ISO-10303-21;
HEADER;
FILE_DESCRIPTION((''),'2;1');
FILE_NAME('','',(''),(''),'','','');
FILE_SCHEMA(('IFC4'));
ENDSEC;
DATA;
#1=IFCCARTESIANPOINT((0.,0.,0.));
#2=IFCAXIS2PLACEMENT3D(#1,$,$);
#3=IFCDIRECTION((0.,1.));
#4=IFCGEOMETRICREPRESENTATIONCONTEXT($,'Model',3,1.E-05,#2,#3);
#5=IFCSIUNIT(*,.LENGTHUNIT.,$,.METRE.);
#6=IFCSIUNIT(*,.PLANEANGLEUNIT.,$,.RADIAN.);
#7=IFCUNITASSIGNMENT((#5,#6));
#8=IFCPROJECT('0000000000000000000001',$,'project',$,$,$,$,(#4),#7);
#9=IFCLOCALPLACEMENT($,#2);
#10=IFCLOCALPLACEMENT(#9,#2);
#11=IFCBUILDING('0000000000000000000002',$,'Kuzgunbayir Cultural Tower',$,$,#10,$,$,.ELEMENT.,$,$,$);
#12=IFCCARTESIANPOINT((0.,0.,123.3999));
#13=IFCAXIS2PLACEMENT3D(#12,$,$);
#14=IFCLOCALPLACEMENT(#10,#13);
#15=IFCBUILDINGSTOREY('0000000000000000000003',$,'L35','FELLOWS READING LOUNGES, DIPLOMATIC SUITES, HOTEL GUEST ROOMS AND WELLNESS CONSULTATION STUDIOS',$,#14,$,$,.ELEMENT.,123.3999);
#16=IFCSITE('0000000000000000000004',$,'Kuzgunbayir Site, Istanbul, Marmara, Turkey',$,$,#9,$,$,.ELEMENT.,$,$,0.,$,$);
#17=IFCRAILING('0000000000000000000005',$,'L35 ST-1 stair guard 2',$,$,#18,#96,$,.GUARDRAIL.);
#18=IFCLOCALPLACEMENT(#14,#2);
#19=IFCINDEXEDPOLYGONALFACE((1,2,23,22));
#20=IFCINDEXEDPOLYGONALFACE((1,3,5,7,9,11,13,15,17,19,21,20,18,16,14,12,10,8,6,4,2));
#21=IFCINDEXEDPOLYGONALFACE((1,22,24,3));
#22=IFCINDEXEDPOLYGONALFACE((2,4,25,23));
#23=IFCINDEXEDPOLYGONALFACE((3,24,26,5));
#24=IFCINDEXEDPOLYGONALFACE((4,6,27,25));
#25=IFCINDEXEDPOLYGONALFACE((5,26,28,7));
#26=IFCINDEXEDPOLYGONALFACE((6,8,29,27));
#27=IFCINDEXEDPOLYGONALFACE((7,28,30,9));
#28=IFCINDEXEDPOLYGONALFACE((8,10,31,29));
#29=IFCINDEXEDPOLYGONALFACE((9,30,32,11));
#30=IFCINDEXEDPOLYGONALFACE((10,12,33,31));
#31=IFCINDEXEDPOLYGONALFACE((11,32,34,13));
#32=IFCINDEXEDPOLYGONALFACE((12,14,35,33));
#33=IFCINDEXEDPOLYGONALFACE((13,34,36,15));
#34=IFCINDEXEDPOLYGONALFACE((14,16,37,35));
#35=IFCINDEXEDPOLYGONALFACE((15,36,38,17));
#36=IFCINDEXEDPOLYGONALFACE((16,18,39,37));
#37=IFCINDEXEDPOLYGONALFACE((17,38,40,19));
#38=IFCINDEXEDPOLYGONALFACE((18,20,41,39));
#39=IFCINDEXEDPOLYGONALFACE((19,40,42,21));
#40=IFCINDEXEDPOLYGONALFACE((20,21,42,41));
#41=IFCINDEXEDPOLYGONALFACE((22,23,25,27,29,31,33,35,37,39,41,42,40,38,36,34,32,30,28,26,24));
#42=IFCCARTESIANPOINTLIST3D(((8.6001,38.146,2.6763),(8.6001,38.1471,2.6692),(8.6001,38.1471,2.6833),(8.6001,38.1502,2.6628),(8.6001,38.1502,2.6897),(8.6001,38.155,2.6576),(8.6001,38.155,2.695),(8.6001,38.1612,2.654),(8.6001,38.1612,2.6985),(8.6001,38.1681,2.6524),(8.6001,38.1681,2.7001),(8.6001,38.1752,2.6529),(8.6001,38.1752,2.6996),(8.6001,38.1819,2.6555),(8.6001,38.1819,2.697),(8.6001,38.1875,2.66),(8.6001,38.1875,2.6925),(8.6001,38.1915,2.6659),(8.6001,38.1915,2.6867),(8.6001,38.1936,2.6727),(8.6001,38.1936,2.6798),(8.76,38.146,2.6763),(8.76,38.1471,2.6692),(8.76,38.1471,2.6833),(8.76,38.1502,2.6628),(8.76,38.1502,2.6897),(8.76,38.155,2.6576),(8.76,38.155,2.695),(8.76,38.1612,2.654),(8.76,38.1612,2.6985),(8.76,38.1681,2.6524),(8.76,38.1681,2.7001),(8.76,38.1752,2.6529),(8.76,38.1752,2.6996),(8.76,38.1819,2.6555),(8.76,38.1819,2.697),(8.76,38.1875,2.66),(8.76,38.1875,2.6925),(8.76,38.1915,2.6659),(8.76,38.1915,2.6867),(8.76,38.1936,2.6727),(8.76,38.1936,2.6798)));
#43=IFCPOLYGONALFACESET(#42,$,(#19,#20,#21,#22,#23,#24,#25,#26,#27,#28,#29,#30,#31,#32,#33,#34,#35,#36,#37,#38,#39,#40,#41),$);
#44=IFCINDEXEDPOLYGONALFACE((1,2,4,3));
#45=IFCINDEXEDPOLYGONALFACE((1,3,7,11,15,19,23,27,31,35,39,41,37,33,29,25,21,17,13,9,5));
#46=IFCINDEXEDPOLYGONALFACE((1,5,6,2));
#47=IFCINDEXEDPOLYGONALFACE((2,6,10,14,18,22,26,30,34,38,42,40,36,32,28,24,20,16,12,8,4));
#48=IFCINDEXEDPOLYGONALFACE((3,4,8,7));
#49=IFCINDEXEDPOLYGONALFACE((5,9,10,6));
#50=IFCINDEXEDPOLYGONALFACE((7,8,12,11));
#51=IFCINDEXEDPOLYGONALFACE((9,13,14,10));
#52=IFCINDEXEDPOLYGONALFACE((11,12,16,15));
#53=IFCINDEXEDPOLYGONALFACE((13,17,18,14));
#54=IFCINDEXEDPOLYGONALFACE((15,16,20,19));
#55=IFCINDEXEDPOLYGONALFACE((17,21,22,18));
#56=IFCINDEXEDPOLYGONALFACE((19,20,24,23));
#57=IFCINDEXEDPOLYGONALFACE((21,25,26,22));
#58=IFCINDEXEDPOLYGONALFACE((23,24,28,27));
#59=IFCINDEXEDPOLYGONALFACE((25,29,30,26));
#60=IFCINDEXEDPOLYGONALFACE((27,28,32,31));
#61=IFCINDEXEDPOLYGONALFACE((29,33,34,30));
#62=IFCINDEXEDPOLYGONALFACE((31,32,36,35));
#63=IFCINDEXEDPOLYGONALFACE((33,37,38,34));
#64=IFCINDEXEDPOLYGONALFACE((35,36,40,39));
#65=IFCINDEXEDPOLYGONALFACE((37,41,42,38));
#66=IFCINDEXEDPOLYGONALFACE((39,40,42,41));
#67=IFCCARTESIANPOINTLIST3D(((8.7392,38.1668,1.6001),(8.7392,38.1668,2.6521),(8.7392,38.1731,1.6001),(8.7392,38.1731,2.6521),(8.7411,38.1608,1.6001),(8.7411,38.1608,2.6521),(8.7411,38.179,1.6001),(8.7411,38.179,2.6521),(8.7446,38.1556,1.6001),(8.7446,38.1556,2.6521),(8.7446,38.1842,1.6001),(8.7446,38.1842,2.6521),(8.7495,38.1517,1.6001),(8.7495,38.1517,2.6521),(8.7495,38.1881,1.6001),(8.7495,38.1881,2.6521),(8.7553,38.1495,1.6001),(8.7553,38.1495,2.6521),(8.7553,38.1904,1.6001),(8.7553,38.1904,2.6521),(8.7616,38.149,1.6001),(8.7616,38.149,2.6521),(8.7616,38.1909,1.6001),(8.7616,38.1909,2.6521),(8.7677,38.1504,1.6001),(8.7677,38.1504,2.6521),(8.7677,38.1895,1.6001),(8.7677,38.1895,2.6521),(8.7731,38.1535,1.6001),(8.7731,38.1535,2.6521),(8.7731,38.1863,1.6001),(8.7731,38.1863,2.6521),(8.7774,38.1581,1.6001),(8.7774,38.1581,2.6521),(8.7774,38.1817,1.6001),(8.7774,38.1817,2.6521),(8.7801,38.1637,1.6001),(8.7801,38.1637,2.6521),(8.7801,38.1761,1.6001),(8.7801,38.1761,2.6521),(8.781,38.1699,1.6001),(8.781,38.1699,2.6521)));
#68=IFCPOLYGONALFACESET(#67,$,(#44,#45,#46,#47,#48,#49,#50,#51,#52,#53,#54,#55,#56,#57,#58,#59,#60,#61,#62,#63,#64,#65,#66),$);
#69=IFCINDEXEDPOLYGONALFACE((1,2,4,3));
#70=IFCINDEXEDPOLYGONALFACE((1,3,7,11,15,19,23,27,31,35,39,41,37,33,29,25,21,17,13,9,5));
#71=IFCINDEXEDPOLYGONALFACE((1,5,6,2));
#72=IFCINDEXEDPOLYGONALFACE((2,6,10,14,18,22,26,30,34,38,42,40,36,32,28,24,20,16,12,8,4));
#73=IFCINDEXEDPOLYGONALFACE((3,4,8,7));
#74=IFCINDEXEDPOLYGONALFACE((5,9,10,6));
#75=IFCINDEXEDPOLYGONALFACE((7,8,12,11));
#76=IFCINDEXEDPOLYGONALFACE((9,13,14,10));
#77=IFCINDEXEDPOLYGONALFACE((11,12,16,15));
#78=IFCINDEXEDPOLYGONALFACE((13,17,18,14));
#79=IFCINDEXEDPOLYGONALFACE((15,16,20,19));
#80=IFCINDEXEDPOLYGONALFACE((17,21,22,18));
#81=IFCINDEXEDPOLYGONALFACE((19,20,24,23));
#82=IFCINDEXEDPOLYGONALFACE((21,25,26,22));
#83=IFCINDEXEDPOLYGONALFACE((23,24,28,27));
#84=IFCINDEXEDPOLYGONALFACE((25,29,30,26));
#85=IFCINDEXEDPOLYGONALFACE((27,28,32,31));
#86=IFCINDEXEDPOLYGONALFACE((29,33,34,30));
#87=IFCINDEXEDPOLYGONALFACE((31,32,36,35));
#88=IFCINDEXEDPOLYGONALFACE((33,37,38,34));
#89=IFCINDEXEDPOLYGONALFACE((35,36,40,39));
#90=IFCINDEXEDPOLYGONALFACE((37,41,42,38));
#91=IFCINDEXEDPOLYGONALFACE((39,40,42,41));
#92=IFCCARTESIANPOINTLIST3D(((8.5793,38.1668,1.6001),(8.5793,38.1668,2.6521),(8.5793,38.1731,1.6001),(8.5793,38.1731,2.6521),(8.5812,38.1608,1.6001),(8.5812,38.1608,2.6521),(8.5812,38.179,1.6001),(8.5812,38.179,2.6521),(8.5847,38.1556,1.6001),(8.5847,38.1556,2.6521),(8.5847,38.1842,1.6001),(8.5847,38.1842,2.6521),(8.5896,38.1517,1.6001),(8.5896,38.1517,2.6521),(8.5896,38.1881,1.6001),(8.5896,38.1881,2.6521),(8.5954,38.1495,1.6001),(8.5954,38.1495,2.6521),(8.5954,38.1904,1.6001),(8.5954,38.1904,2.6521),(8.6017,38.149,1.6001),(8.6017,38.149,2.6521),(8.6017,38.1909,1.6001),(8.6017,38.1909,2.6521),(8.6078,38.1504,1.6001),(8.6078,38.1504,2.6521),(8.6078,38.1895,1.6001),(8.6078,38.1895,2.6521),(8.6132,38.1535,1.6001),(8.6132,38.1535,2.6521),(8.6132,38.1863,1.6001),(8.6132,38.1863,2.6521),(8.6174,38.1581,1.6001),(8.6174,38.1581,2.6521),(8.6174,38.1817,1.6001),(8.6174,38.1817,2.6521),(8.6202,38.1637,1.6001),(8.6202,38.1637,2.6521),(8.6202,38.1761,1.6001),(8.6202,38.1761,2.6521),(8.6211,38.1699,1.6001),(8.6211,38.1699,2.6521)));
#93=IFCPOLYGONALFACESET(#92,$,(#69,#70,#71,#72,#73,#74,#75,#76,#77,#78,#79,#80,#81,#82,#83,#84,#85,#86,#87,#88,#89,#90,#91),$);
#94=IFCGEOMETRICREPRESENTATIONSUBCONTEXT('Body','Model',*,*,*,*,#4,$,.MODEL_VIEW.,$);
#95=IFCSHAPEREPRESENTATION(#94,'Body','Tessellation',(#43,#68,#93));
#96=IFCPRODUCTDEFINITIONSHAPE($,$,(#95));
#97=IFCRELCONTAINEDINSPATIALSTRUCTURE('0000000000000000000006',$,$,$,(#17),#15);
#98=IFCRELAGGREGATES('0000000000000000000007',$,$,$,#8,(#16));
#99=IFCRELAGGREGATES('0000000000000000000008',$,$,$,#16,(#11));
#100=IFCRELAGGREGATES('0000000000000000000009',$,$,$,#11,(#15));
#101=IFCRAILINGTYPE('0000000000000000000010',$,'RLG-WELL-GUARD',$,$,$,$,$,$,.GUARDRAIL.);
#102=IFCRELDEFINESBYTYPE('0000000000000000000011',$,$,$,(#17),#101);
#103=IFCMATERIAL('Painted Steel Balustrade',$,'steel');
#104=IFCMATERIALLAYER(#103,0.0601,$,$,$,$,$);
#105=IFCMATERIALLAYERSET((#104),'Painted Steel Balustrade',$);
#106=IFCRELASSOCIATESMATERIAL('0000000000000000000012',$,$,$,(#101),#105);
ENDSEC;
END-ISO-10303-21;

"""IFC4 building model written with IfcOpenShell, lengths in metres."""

from ifc_helpers import new_model, si_unit, direction, frame, origin, origin_2d, place, context, subcontext, project, spatial, circle, extrude, material, layer, layer_set, type_object, element, save


model = new_model("IFC4")

# Units and contexts
model_context = context("Model", 3, precision=1e-05, world=origin(), true_north=direction((0.0, 1.0)))
body_context = subcontext(model_context, "Body", "Model", "MODEL_VIEW")
ifc_project = project(units=[si_unit("LENGTHUNIT", "METRE"), si_unit("PLANEANGLEUNIT", "RADIAN")], contexts=[model_context])

# Site, building, storey
site_placement = place(None, origin())
site = spatial("IfcSite", under=ifc_project, at=site_placement, Name="Kuzgunbayir Site, Istanbul, Marmara, Turkey", CompositionType="ELEMENT", RefElevation=0.0)
building_placement = place(site_placement, origin())
building = spatial("IfcBuilding", under=site, at=building_placement, Name="Kuzgunbayir Cultural Tower", CompositionType="ELEMENT")
storey_placement = place(building_placement, frame((0.0, 0.0, 123.3999)))
storey = spatial("IfcBuildingStorey", under=building, at=storey_placement, Name="L35", Description="FELLOWS READING LOUNGES, DIPLOMATIC SUITES, HOTEL GUEST ROOMS AND WELLNESS CONSULTATION STUDIOS", CompositionType="ELEMENT", Elevation=123.3999)

# Railing
ifc_material_1 = material(Name="Painted Steel Balustrade", Category="steel")
ifc_layer_1 = layer(ifc_material_1, 0.0601)
ifc_layer_set_1 = layer_set([ifc_layer_1], Name="Painted Steel Balustrade")
railing_type_1 = type_object("IfcRailingType", Name="RLG-WELL-GUARD", PredefinedType="GUARDRAIL", material=ifc_layer_set_1)
railing_1_placement = place(storey_placement, frame((8.76, 38.1699, 1.6001)))
element("IfcRailing", 1, at=railing_1_placement, inside=storey, type_object=railing_type_1, Name="L35 ST-1 stair guard 2", PredefinedType="GUARDRAIL", context=body_context, shape_type="SweptSolid", body=[
    extrude(circle(Radius=0.0239, at=origin_2d()), frame((0.0, 0.0, 1.0762), z_axis=(-1.0, 0.0, 0.0), x_axis=(0.0, -1.0, 0.0)), (0.0, 0.0, 1.0), 0.1599),
    extrude(circle(Radius=0.021, at=origin_2d()), origin(), (0.0, 0.0, 1.0), 1.052),
    extrude(circle(Radius=0.021, at=origin_2d()), frame((-0.1599, 0.0, 0.0)), (0.0, 0.0, 1.0), 1.052),
])

save(model, "model.ifc")
